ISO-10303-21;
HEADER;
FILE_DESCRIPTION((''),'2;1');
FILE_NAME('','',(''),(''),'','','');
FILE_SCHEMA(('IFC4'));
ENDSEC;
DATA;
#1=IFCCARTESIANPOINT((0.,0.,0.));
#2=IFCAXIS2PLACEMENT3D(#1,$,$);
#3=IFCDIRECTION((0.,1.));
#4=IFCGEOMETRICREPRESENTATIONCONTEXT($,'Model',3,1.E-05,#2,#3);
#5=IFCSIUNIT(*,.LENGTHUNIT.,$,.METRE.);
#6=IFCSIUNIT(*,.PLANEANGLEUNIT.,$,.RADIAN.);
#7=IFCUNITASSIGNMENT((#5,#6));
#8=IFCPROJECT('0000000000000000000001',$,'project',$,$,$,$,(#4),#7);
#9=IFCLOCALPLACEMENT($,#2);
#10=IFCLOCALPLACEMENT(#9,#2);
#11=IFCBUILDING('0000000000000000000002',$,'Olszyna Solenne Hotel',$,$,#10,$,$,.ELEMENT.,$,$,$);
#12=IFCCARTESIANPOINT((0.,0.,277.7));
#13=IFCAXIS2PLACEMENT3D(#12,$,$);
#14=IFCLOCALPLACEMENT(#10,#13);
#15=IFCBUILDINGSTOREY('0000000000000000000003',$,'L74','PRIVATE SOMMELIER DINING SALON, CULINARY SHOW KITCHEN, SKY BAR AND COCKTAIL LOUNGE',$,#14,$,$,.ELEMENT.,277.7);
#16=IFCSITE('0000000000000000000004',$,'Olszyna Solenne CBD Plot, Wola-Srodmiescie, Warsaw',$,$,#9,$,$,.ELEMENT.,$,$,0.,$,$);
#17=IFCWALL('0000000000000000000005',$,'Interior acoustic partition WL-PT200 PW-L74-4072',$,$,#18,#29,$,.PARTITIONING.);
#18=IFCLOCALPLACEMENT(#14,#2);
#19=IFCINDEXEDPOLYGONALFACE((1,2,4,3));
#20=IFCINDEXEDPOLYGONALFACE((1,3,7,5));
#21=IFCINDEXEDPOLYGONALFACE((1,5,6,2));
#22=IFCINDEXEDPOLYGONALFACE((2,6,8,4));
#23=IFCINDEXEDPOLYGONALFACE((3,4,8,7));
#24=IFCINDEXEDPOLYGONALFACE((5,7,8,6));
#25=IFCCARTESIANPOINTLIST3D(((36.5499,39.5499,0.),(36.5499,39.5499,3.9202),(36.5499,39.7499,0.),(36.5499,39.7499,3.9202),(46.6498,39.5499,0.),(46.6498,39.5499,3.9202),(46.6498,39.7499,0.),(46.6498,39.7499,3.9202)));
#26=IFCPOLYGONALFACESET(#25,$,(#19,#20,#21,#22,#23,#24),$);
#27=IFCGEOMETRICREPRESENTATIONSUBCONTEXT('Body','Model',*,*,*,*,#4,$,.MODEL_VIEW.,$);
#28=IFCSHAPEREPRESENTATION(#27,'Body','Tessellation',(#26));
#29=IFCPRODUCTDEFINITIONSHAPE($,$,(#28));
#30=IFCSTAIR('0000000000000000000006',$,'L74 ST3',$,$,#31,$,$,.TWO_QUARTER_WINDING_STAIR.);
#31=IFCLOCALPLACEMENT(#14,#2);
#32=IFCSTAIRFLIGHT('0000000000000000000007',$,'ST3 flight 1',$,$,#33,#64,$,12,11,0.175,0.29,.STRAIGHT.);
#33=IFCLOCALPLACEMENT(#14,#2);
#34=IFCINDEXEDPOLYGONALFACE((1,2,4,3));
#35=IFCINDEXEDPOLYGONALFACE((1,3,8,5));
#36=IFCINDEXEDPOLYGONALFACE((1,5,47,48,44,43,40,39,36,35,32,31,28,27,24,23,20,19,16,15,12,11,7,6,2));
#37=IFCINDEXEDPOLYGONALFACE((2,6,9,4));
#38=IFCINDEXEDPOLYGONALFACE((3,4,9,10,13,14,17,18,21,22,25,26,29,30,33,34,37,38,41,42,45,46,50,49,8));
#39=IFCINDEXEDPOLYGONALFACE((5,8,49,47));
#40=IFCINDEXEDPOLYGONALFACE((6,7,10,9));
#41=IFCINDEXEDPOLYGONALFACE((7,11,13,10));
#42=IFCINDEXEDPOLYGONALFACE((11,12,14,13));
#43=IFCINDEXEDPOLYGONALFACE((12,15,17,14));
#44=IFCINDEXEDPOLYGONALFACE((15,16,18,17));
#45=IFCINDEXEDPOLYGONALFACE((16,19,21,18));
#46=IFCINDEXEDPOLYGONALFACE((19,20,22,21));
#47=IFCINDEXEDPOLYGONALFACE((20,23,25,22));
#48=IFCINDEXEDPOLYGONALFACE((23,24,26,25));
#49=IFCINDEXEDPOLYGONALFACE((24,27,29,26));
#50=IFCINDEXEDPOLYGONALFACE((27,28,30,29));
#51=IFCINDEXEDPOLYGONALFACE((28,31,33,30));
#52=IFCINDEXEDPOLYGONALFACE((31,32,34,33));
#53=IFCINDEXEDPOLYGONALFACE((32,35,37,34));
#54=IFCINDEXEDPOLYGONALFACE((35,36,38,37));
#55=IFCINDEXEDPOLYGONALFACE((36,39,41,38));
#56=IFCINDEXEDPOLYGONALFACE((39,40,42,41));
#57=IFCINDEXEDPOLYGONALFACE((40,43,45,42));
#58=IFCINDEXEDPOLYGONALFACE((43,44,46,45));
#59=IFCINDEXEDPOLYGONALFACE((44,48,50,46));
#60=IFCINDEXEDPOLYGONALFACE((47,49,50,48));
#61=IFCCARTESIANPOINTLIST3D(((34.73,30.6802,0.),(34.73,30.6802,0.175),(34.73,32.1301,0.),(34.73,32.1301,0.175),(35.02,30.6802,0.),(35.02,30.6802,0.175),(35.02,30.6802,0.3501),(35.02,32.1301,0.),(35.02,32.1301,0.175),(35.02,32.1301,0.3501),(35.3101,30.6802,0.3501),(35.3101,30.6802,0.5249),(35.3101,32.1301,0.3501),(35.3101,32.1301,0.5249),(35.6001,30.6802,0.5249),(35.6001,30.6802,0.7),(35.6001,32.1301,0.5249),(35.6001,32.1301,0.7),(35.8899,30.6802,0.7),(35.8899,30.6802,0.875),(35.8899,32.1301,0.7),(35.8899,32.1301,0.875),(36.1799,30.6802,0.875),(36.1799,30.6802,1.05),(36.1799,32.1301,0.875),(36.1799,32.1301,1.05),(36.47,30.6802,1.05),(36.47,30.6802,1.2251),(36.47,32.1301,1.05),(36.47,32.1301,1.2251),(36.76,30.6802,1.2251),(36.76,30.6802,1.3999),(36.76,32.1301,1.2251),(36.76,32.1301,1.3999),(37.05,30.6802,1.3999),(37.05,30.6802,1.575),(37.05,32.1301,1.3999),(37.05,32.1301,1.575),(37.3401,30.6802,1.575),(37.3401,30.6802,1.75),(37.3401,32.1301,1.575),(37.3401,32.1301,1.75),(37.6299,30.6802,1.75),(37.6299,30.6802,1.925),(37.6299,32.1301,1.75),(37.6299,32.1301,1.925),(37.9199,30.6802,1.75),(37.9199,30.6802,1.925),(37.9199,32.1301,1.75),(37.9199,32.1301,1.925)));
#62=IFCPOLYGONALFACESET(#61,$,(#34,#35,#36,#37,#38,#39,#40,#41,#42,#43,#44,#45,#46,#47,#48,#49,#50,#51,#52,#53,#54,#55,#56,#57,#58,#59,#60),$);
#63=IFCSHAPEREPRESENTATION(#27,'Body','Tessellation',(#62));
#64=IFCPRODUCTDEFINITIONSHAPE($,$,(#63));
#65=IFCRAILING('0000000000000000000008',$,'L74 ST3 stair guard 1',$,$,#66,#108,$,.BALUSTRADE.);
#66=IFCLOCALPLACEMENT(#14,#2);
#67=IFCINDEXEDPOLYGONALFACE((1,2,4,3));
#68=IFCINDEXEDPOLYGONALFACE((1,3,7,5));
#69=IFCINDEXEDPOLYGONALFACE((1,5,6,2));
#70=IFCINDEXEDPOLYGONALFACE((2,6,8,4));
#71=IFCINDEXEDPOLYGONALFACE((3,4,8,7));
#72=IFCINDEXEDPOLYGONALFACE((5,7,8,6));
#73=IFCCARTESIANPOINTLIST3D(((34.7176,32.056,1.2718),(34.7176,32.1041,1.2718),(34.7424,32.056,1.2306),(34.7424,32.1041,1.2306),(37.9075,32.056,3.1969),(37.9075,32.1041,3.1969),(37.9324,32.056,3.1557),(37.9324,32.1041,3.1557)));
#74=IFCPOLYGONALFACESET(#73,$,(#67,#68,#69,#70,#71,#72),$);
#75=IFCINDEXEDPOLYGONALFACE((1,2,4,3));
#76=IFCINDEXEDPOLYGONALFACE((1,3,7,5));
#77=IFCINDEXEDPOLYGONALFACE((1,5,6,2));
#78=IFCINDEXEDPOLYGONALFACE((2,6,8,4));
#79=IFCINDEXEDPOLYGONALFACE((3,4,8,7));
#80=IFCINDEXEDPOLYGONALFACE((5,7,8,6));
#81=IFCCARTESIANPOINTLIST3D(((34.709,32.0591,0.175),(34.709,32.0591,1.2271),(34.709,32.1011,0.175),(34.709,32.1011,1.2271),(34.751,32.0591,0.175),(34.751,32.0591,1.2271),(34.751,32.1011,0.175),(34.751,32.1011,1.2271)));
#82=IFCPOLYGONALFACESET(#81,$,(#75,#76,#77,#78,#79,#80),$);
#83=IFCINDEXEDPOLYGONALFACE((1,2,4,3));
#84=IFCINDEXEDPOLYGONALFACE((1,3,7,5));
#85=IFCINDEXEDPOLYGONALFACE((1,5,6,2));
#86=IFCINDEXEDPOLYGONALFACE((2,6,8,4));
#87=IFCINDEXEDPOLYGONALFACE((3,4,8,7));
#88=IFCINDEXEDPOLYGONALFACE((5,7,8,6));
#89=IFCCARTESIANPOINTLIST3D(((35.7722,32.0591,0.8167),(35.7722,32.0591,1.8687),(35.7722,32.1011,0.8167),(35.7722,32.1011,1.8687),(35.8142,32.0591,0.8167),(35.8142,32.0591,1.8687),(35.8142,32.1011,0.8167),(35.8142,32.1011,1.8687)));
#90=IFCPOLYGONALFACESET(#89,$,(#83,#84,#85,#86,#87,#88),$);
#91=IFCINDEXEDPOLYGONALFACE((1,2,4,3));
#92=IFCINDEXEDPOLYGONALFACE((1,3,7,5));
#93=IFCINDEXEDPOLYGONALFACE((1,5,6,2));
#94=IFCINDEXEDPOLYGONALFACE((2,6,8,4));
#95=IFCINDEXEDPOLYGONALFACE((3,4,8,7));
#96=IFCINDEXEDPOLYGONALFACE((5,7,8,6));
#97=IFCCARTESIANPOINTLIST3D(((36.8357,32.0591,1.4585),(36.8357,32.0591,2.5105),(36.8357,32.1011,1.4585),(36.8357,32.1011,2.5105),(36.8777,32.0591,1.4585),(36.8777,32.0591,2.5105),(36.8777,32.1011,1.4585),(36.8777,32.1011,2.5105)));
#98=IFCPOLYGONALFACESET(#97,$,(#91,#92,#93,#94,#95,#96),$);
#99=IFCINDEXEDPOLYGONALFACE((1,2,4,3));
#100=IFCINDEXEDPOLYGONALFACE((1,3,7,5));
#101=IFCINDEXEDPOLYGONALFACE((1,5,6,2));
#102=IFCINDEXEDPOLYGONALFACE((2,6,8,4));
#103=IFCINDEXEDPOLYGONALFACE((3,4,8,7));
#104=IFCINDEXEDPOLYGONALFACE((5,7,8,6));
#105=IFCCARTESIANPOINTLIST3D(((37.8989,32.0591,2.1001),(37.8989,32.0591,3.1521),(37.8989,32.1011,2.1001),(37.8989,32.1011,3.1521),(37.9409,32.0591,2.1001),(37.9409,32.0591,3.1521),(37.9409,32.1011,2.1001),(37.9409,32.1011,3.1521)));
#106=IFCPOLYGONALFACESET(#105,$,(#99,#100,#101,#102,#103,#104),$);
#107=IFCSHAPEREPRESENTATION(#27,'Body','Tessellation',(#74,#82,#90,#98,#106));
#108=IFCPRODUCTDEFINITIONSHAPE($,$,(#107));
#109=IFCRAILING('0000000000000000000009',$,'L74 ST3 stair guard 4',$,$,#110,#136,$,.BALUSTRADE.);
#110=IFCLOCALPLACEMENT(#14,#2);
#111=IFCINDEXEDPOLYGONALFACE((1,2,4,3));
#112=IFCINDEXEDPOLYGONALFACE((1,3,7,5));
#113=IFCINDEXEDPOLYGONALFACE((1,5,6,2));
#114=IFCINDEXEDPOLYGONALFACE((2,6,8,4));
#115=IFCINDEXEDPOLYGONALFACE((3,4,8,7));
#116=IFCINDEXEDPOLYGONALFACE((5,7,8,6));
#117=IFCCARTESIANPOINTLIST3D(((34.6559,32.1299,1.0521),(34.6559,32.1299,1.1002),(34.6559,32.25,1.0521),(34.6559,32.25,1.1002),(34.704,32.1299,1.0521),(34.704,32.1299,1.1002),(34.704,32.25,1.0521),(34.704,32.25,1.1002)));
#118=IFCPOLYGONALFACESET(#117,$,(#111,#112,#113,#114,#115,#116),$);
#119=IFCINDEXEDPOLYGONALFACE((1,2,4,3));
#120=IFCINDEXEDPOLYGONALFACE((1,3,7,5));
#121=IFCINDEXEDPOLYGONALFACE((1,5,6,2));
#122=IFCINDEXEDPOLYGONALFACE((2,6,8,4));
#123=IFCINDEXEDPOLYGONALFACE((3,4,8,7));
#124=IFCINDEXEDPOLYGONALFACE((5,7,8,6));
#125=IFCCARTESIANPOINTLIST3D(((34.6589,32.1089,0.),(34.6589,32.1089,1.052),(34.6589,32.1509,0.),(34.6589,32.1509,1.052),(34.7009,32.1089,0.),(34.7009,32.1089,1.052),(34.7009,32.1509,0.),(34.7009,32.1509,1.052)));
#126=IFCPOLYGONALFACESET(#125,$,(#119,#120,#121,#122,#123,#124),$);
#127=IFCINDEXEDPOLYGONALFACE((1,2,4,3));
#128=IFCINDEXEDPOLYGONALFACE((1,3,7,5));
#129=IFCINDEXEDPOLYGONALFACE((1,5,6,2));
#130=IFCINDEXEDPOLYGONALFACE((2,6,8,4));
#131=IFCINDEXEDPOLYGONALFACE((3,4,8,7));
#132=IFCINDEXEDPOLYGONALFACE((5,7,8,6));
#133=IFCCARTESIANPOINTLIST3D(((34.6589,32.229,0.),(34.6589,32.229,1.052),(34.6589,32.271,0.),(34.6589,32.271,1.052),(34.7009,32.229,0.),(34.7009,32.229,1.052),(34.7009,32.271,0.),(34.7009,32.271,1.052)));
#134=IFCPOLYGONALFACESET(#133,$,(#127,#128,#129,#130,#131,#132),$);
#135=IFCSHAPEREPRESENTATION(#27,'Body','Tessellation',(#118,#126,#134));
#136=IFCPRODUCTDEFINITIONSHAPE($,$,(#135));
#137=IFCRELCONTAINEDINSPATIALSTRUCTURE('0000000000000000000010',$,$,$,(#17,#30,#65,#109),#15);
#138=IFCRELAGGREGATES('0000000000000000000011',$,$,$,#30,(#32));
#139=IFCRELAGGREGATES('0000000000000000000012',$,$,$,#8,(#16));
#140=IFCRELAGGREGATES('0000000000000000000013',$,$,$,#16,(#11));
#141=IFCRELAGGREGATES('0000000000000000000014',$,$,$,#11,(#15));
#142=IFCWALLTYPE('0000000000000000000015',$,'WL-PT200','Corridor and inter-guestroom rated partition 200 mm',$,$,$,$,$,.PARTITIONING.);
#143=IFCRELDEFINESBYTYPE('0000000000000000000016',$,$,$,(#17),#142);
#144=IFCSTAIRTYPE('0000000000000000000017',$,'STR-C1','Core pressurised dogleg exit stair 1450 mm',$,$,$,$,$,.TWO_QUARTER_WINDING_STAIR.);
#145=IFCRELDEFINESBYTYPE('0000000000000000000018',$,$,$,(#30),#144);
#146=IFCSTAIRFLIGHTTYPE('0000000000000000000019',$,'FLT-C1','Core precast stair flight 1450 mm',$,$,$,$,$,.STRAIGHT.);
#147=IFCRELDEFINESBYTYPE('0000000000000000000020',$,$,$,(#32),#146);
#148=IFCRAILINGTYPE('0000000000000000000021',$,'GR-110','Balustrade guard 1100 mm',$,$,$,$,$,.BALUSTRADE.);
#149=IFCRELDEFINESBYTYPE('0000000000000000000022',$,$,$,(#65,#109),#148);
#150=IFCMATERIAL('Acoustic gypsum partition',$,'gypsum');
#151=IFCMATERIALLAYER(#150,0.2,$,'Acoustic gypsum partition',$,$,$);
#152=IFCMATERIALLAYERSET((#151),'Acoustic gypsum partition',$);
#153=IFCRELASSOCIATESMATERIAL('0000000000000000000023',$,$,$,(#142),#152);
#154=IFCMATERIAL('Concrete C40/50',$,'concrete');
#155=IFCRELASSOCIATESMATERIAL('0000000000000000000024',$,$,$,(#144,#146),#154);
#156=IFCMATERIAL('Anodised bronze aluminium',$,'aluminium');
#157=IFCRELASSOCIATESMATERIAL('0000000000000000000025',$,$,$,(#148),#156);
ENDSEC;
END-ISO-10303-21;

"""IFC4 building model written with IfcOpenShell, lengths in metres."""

from ifc_helpers import new_model, si_unit, direction, frame, frame_2d, origin, origin_2d, place, context, subcontext, project, spatial, polyline, rectangle, outline, extrude, material, layer, layer_set, type_object, element, aggregate, save


model = new_model("IFC4")

# Units and contexts
model_context = context("Model", 3, precision=1e-05, world=origin(), true_north=direction((0.0, 1.0)))
body_context = subcontext(model_context, "Body", "Model", "MODEL_VIEW")
ifc_project = project(units=[si_unit("LENGTHUNIT", "METRE"), si_unit("PLANEANGLEUNIT", "RADIAN")], contexts=[model_context])

# Site, building, storey
site_placement = place(None, origin())
site = spatial("IfcSite", under=ifc_project, at=site_placement, Name="Olszyna Solenne CBD Plot, Wola-Srodmiescie, Warsaw", CompositionType="ELEMENT", RefElevation=0.0)
building_placement = place(site_placement, origin())
building = spatial("IfcBuilding", under=site, at=building_placement, Name="Olszyna Solenne Hotel", CompositionType="ELEMENT")
storey_placement = place(building_placement, frame((0.0, 0.0, 277.7)))
storey = spatial("IfcBuildingStorey", under=building, at=storey_placement, Name="L74", Description="PRIVATE SOMMELIER DINING SALON, CULINARY SHOW KITCHEN, SKY BAR AND COCKTAIL LOUNGE", CompositionType="ELEMENT", Elevation=277.7)

# Shared definitions
ifc_material_1 = material(Name="Anodised bronze aluminium", Category="aluminium")

# Shared definitions
ifc_material_2 = material(Name="Acoustic gypsum partition", Category="gypsum")
ifc_layer_1 = layer(ifc_material_2, 0.2, Name="Acoustic gypsum partition")
ifc_layer_set_1 = layer_set([ifc_layer_1], Name="Acoustic gypsum partition")
wall_type_1 = type_object("IfcWallType", Name="WL-PT200", Description="Corridor and inter-guestroom rated partition 200 mm", PredefinedType="PARTITIONING", material=ifc_layer_set_1)

# Wall
wall_1_placement = place(storey_placement, frame((36.55, 39.6499, 0.0), z_axis=(0.0, 0.0, 1.0), x_axis=(1.0, 0.0, 0.0)))
element("IfcWall", 1, at=wall_1_placement, inside=storey, type_object=wall_type_1, Name="Interior acoustic partition WL-PT200 PW-L74-4072", PredefinedType="PARTITIONING", context=body_context, shape_type="SweptSolid", body=[
    extrude(rectangle(XDim=10.0999, YDim=0.2, at=frame_2d((5.0498, 0.0))), origin(), (0.0, 0.0, 1.0), 3.9202),
])

# Stair, stair flight
ifc_material_3 = material(Name="Concrete C40/50", Category="concrete")
stair_type = type_object("IfcStairType", Name="STR-C1", Description="Core pressurised dogleg exit stair 1450 mm", PredefinedType="TWO_QUARTER_WINDING_STAIR", material=ifc_material_3)
stair_placement = place(storey_placement, origin())
stair = element("IfcStair", 2, at=stair_placement, inside=storey, type_object=stair_type, Name="L74 ST3", PredefinedType="TWO_QUARTER_WINDING_STAIR")
stair_flight_type = type_object("IfcStairFlightType", Name="FLT-C1", Description="Core precast stair flight 1450 mm", PredefinedType="STRAIGHT", material=ifc_material_3)
stair_flight_placement = place(storey_placement, frame((34.73, 31.405, 0.0), z_axis=(0.0, 0.0, 1.0), x_axis=(1.0, 0.0, 0.0)))
stair_flight = element("IfcStairFlight", 3, at=stair_flight_placement, type_object=stair_flight_type, Name="ST3 flight 1", NumberOfRisers=12, NumberOfTreads=11, PredefinedType="STRAIGHT", RiserHeight=0.175, TreadLength=0.29, context=body_context, shape_type="SweptSolid", body=[
    extrude(outline(polyline([(0.0, 0.0), (0.0, 0.175), (0.29, 0.175), (0.29, 0.3501), (0.5801, 0.3501), (0.5801, 0.5249), (0.8701, 0.5249), (0.8701, 0.7), (1.1599, 0.7), (1.1599, 0.875), (1.45, 0.875), (1.45, 1.05), (1.74, 1.05), (1.74, 1.2251), (2.03, 1.2251), (2.03, 1.3999), (2.3201, 1.3999), (2.3201, 1.575), (2.6101, 1.575), (2.6101, 1.75), (2.8999, 1.75), (2.8999, 1.925), (3.1899, 1.925), (3.1899, 2.1001), (3.1899, 1.75), (0.29, 0.0), (0.0, 0.0)])), frame((0.0, 0.7251, 0.0), z_axis=(0.0, -1.0, 0.0), x_axis=(1.0, 0.0, 0.0)), (0.0, 0.0, 1.0), 1.45),
])
aggregate(stair, [stair_flight])

# Railings
railing_type = type_object("IfcRailingType", Name="GR-110", Description="Balustrade guard 1100 mm", PredefinedType="BALUSTRADE", material=ifc_material_1)
railing_1_placement = place(storey_placement, frame((34.73, 32.0801, 0.175)))
element("IfcRailing", 4, at=railing_1_placement, inside=storey, type_object=railing_type, Name="L74 ST3 stair guard 1", PredefinedType="BALUSTRADE", context=body_context, shape_type="SweptSolid", body=[
    extrude(rectangle(XDim=0.0481, YDim=0.0481, at=origin_2d()), frame((0.0, 0.0, 1.0762), z_axis=(0.856178, 0.0, 0.516682), x_axis=(0.0, 1.0, 0.0)), (0.0, 0.0, 1.0), 3.7258),
    extrude(rectangle(XDim=0.042, YDim=0.042, at=origin_2d()), origin(), (0.0, 0.0, 1.0), 1.052),
    extrude(rectangle(XDim=0.042, YDim=0.042, at=origin_2d()), frame((1.0632, 0.0, 0.6416)), (0.0, 0.0, 1.0), 1.052),
    extrude(rectangle(XDim=0.042, YDim=0.042, at=origin_2d()), frame((2.1267, 0.0, 1.2834)), (0.0, 0.0, 1.0), 1.052),
    extrude(rectangle(XDim=0.042, YDim=0.042, at=origin_2d()), frame((3.1899, 0.0, 1.925)), (0.0, 0.0, 1.0), 1.052),
])
railing_2_placement = place(storey_placement, frame((34.6799, 32.1299, 0.0)))
element("IfcRailing", 5, at=railing_2_placement, inside=storey, type_object=railing_type, Name="L74 ST3 stair guard 4", PredefinedType="BALUSTRADE", context=body_context, shape_type="SweptSolid", body=[
    extrude(rectangle(XDim=0.0481, YDim=0.0481, at=origin_2d()), frame((0.0, 0.0, 1.0762), z_axis=(0.0, 1.0, 0.0), x_axis=(-1.0, 0.0, 0.0)), (0.0, 0.0, 1.0), 0.1201),
    extrude(rectangle(XDim=0.042, YDim=0.042, at=origin_2d()), origin(), (0.0, 0.0, 1.0), 1.052),
    extrude(rectangle(XDim=0.042, YDim=0.042, at=origin_2d()), frame((0.0, 0.1201, 0.0)), (0.0, 0.0, 1.0), 1.052),
])

save(model, "model.ifc")
